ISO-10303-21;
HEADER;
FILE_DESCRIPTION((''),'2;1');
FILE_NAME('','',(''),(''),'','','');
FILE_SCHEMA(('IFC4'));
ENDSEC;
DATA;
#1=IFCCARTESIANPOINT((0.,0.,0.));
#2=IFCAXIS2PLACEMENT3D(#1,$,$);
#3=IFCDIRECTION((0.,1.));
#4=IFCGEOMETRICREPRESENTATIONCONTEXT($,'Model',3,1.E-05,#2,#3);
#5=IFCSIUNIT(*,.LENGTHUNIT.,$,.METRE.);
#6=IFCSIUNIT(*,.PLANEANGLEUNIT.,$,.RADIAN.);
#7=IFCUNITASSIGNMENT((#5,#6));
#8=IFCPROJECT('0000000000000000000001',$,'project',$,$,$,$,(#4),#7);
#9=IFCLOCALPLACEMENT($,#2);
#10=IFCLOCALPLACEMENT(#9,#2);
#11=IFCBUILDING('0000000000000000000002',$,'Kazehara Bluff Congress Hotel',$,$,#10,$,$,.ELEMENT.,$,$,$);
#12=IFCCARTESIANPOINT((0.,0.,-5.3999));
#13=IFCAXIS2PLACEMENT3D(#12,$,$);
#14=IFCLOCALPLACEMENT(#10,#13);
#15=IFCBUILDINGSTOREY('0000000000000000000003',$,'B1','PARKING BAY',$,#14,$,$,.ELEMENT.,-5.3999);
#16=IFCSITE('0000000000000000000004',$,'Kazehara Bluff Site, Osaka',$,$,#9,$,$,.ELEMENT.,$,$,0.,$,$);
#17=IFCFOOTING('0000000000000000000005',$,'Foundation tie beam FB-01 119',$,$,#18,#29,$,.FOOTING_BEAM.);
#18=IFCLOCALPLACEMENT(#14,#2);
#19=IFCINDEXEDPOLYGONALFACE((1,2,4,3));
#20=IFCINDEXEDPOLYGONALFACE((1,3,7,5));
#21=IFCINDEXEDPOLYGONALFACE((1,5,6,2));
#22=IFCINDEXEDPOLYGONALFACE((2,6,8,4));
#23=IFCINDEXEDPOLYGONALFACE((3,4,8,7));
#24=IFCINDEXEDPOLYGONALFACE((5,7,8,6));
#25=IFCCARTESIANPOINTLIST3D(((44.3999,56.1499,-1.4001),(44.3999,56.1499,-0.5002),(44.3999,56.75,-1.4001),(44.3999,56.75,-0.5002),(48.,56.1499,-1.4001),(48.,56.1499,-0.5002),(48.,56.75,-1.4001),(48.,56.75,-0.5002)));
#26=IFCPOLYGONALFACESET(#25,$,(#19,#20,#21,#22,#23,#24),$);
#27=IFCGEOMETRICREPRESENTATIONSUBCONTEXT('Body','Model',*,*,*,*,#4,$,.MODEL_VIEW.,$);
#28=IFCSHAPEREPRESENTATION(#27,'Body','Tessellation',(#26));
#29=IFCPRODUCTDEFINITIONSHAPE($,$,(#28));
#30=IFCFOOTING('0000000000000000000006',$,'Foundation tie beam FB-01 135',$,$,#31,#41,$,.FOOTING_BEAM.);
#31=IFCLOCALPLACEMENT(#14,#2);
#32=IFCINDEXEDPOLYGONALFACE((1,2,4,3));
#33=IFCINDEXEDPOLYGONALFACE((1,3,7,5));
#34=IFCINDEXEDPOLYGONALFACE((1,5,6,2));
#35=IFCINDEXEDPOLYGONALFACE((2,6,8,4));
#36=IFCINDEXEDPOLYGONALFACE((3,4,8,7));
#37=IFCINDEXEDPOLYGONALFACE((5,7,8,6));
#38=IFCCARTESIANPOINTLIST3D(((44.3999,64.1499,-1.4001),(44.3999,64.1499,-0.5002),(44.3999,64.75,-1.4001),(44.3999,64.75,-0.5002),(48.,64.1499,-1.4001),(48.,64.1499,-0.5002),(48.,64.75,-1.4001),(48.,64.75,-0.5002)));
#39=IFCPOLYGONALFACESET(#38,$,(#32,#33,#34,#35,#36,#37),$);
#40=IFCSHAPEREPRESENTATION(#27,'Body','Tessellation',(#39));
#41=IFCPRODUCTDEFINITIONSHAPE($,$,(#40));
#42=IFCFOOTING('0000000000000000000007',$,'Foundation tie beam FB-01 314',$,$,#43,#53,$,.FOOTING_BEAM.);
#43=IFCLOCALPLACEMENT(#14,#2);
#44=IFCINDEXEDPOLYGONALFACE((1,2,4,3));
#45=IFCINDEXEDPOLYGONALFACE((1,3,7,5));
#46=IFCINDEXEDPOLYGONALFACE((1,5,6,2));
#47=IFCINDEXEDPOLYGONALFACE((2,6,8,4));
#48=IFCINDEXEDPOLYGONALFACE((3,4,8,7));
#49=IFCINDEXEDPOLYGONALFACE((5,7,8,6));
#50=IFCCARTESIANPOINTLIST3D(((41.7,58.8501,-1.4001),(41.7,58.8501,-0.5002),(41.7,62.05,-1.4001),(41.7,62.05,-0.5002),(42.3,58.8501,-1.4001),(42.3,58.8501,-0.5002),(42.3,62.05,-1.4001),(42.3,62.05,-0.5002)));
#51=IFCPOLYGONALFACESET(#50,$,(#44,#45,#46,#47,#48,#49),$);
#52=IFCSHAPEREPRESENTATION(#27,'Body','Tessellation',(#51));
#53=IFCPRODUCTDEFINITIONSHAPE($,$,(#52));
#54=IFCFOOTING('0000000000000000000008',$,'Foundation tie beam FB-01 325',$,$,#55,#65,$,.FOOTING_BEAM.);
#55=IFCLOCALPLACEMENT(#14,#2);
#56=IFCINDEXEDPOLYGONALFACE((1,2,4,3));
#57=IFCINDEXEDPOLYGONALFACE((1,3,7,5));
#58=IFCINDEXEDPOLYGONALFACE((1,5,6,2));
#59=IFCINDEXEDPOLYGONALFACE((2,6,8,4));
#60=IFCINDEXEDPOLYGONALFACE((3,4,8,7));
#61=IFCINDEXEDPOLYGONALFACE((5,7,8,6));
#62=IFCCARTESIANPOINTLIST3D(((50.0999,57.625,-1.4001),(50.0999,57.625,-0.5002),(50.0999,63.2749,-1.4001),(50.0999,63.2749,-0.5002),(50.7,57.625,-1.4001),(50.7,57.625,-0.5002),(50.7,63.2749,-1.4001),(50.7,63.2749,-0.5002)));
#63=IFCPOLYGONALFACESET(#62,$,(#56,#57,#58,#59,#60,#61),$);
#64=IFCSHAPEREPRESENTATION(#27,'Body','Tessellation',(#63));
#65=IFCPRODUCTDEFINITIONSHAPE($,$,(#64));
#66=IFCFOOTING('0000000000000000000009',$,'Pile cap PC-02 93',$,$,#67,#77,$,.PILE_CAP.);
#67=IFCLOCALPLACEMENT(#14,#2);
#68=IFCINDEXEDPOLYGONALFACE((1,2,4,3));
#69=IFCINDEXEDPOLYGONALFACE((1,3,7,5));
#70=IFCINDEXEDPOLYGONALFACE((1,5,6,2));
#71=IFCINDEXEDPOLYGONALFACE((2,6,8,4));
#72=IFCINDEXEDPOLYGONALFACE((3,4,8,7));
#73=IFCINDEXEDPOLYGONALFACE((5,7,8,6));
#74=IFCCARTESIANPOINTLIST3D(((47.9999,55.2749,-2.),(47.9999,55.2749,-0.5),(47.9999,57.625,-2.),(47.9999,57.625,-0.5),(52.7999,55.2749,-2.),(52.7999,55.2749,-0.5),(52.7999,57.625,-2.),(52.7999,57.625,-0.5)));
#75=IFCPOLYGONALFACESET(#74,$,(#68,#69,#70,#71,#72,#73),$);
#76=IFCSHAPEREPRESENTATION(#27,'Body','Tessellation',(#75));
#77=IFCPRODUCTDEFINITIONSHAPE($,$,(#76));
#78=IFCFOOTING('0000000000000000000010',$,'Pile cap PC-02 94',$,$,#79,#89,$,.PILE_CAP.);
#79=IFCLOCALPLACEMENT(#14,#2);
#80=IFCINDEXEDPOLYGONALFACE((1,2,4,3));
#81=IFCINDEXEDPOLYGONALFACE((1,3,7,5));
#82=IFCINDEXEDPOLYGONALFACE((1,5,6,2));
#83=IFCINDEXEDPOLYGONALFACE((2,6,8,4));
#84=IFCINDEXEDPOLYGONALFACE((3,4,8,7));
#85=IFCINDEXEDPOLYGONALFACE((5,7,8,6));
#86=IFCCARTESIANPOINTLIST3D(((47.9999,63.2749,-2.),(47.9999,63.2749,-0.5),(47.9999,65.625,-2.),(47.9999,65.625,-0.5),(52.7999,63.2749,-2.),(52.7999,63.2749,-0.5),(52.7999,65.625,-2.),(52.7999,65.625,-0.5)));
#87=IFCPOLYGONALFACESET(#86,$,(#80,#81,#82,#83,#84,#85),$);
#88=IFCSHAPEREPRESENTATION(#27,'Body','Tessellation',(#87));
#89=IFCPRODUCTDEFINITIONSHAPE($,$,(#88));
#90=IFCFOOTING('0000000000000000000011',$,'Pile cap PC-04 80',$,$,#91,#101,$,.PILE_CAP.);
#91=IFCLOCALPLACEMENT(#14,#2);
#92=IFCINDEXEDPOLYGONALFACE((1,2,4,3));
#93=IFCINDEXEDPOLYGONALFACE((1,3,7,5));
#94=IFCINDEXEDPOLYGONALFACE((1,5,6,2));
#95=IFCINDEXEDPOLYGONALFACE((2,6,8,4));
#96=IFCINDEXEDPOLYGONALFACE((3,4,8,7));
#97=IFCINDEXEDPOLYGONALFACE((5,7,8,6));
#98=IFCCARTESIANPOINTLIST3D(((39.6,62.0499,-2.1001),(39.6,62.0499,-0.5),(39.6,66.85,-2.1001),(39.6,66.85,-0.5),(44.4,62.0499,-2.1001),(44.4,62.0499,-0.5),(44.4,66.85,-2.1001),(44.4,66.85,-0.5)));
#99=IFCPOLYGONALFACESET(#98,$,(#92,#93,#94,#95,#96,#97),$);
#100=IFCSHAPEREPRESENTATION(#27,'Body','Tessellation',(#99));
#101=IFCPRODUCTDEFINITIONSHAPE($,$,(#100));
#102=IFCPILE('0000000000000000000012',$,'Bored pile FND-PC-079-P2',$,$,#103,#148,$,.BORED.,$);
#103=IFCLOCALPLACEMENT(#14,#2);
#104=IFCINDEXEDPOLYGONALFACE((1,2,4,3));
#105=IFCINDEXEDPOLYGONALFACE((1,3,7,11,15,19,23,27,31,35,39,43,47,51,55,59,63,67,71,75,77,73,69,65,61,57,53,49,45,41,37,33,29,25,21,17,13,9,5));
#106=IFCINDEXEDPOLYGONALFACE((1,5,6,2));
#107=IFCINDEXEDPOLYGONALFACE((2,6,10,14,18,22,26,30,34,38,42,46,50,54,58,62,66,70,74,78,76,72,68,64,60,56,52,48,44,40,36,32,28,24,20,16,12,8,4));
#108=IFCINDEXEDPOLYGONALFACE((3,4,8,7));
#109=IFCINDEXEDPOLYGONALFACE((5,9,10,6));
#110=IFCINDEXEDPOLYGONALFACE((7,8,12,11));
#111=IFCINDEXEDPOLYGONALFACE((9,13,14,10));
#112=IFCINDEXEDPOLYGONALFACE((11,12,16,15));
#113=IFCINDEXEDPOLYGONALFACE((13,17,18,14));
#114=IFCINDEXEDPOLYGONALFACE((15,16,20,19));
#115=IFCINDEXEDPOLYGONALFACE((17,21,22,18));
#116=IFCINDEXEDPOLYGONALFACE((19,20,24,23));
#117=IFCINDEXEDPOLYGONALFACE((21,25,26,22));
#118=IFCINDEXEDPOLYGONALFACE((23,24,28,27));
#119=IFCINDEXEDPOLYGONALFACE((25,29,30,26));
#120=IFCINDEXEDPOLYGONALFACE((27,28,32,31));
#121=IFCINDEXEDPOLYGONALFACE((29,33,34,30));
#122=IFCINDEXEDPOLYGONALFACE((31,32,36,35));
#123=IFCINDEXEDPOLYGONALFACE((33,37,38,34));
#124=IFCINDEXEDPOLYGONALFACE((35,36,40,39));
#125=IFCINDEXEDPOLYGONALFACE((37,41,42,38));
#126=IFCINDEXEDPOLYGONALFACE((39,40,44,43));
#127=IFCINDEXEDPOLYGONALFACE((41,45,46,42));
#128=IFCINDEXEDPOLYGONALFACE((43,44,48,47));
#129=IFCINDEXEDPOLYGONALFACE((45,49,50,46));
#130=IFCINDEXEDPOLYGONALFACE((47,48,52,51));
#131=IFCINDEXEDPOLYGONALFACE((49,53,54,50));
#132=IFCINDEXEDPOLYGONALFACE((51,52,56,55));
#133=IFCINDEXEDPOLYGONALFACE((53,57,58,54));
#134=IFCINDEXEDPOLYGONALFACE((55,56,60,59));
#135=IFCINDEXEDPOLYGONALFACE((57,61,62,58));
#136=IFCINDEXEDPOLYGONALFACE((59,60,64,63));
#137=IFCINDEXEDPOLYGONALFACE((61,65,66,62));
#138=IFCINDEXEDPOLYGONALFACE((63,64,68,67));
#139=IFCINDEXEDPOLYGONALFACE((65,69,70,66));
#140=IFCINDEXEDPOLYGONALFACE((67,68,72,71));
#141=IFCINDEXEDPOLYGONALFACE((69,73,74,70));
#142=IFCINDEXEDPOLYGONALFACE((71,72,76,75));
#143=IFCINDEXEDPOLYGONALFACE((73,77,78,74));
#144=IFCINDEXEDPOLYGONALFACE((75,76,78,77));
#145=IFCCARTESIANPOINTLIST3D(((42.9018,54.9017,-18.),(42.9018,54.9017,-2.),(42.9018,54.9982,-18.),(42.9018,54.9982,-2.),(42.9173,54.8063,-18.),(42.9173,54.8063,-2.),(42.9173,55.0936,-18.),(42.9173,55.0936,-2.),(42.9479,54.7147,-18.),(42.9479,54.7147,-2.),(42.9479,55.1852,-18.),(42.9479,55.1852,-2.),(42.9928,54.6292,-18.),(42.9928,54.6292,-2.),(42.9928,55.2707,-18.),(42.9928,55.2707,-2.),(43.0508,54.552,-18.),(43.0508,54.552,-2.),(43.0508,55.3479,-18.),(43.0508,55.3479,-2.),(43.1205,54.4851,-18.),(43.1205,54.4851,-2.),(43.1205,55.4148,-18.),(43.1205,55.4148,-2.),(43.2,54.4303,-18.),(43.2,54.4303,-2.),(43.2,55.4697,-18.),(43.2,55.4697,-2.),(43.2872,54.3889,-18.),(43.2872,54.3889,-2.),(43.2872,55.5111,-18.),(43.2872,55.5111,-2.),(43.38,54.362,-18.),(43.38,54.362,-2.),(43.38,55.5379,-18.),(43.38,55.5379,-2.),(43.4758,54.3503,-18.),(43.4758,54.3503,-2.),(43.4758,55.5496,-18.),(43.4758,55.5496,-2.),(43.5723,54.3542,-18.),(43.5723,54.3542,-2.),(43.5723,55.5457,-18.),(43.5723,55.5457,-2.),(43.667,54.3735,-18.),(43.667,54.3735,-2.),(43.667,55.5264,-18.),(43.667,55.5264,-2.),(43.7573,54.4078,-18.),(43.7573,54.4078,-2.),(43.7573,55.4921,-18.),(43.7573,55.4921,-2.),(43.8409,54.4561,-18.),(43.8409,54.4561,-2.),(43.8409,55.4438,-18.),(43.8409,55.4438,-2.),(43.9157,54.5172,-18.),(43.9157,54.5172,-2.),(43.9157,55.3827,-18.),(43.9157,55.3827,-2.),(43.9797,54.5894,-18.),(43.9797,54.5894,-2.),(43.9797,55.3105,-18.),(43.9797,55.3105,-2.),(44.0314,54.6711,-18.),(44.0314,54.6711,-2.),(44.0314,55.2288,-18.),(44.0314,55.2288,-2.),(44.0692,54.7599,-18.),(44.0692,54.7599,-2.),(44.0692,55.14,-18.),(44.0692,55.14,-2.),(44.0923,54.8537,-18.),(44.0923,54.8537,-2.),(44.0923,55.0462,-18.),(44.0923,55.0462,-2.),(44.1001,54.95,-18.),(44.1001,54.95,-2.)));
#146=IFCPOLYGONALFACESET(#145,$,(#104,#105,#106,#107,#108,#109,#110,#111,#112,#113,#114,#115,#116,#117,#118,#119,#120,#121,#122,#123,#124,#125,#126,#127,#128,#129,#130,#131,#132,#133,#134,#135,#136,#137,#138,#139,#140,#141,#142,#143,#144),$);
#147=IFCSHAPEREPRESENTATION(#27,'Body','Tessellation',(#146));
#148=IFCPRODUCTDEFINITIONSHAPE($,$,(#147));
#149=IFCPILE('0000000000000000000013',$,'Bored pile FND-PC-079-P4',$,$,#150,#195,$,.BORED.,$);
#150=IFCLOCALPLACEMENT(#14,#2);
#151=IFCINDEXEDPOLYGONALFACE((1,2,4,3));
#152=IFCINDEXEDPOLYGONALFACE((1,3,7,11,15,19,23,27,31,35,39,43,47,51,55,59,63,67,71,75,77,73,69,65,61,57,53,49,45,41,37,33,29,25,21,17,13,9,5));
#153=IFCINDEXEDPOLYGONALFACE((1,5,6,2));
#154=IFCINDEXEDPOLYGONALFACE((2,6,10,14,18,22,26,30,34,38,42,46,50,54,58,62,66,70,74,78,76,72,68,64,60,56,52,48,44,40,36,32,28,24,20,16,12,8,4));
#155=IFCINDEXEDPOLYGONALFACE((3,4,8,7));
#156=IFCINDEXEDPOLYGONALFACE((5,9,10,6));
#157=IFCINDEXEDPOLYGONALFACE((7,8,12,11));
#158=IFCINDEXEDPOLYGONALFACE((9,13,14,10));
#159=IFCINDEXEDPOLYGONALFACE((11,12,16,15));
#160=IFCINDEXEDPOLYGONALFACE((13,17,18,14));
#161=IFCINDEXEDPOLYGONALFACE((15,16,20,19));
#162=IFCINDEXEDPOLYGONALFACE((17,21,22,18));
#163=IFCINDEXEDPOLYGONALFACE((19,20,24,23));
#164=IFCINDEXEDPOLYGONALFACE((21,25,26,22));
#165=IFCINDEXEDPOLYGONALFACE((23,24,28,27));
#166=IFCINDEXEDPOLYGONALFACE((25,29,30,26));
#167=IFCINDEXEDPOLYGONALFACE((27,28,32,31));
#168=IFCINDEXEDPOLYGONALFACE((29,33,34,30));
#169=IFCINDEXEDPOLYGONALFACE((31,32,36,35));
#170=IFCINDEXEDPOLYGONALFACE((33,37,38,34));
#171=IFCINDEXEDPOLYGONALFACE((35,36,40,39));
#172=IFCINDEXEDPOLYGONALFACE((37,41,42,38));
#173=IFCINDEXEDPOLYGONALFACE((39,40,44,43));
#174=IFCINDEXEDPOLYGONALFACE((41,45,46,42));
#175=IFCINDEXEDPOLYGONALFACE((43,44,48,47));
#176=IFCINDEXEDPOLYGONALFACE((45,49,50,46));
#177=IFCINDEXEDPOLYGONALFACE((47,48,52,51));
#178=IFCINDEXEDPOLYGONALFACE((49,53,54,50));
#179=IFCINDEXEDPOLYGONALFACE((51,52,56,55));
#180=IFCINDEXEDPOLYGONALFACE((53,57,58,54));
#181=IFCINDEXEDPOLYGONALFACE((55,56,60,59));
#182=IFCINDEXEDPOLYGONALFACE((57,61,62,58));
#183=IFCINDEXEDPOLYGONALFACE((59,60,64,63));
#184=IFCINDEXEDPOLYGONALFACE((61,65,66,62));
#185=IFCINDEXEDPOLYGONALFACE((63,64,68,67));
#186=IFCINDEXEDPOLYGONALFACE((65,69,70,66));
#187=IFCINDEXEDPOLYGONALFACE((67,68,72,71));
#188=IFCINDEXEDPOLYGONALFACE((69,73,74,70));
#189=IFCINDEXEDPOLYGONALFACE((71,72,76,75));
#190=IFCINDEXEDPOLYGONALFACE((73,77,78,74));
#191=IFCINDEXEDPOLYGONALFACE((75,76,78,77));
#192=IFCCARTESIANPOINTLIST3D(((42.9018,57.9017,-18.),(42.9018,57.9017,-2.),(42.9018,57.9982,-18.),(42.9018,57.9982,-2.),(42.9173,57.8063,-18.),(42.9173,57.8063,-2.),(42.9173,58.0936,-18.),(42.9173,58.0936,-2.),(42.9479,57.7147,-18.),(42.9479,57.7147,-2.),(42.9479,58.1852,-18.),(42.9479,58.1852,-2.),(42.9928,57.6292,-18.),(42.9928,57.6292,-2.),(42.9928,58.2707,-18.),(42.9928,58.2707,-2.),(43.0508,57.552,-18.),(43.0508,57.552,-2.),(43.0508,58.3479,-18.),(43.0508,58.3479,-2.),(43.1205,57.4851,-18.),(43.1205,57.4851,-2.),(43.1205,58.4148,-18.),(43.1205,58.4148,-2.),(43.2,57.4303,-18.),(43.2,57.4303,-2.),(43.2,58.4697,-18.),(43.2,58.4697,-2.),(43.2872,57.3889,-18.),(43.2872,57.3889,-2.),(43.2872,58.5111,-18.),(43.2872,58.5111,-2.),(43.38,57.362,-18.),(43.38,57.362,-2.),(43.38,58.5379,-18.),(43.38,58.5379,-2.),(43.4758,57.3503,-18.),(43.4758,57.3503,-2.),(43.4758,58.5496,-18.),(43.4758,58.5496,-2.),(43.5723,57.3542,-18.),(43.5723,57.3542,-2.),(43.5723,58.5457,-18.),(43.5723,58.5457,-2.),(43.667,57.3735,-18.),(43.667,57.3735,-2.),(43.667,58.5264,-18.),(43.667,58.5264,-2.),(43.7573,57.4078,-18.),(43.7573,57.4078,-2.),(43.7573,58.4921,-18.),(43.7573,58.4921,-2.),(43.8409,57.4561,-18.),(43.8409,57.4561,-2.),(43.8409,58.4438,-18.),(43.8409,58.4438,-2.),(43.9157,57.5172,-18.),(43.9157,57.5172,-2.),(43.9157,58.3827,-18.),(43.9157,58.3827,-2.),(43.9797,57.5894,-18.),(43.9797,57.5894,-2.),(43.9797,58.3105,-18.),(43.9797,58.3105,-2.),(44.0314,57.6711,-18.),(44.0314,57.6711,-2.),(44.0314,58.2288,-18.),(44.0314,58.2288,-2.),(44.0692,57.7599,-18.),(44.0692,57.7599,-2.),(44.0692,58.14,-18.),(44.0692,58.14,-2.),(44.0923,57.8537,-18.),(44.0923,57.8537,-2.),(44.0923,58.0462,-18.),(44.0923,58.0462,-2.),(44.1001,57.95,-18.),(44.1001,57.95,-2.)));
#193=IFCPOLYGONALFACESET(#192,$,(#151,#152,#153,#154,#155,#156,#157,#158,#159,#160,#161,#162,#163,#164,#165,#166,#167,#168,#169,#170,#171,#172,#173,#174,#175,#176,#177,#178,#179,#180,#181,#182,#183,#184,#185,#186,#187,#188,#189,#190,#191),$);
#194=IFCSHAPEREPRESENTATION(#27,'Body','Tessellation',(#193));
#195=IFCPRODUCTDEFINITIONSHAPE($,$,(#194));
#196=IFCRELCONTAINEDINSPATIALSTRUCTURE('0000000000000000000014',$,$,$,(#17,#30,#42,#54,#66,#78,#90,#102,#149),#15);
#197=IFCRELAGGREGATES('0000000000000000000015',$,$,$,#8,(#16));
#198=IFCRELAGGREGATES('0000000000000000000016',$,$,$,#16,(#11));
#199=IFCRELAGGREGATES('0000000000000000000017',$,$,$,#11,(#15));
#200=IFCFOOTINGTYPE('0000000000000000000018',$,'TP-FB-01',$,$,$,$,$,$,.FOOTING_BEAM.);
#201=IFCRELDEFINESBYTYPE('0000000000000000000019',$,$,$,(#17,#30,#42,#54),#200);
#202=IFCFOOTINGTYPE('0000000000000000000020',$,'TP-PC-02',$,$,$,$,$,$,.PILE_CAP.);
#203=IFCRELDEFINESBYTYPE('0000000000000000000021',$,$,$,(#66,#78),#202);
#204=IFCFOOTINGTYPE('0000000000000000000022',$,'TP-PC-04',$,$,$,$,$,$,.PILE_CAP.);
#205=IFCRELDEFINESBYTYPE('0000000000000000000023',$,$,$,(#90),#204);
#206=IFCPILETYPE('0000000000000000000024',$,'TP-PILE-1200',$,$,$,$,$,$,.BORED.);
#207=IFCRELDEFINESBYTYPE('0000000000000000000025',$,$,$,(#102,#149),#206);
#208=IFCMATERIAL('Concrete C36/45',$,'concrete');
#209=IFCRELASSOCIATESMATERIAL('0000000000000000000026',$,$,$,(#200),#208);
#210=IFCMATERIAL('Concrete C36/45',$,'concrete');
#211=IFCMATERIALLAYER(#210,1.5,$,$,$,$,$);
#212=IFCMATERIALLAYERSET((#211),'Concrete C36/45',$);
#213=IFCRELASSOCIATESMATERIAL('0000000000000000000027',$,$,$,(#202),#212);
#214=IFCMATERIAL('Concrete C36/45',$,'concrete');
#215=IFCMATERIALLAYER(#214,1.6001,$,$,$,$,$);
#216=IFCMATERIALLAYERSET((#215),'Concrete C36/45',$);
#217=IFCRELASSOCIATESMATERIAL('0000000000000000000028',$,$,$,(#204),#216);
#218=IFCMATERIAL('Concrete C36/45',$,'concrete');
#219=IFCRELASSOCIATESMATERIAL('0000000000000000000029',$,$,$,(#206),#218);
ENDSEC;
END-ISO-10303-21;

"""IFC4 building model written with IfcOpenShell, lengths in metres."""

from ifc_helpers import new_model, si_unit, direction, frame, origin, origin_2d, place, context, subcontext, project, spatial, rectangle, circle, extrude, material, layer, layer_set, material_profile, profile_set, type_object, element, save


model = new_model("IFC4")

# Units and contexts
model_context = context("Model", 3, precision=1e-05, world=origin(), true_north=direction((0.0, 1.0)))
body_context = subcontext(model_context, "Body", "Model", "MODEL_VIEW")
ifc_project = project(units=[si_unit("LENGTHUNIT", "METRE"), si_unit("PLANEANGLEUNIT", "RADIAN")], contexts=[model_context])

# Site, building, storey
site_placement = place(None, origin())
site = spatial("IfcSite", under=ifc_project, at=site_placement, Name="Kazehara Bluff Site, Osaka", CompositionType="ELEMENT", RefElevation=0.0)
building_placement = place(site_placement, origin())
building = spatial("IfcBuilding", under=site, at=building_placement, Name="Kazehara Bluff Congress Hotel", CompositionType="ELEMENT")
storey_placement = place(building_placement, frame((0.0, 0.0, -5.3999)))
storey = spatial("IfcBuildingStorey", under=building, at=storey_placement, Name="B1", Description="PARKING BAY", CompositionType="ELEMENT", Elevation=-5.3999)

# Footings
ifc_material_1 = material(Name="Concrete C36/45", Category="concrete")
ifc_material_profile_1 = material_profile(ifc_material_1, rectangle(XDim=0.6001, YDim=0.8999, at=origin_2d()))
ifc_profile_set_1 = profile_set([ifc_material_profile_1], Name="Concrete C36/45")
footing_type_1 = type_object("IfcFootingType", Name="TP-FB-01", PredefinedType="FOOTING_BEAM", material=ifc_profile_set_1)
for number, where, z_axis, x_axis, name in (
    (1, (44.3999, 56.45, -0.9502), (1.0, 0.0, 0.0), (0.0, 1.0, 0.0), "Foundation tie beam FB-01 119"),
    (2, (44.3999, 64.45, -0.9502), (1.0, 0.0, 0.0), (0.0, 1.0, 0.0), "Foundation tie beam FB-01 135"),
):
    element("IfcFooting", number, at=place(storey_placement, frame(where, z_axis=z_axis, x_axis=x_axis)), inside=storey, type_object=footing_type_1, Name=name, PredefinedType="FOOTING_BEAM", context=body_context, shape_type="SweptSolid", body=[
        extrude(rectangle(XDim=0.6001, YDim=0.8999, at=origin_2d()), origin(), (0.0, 0.0, 1.0), 3.6001),
    ])
footing_1_placement = place(storey_placement, frame((42.0, 58.8501, -0.9502), z_axis=(0.0, 1.0, 0.0), x_axis=(-1.0, 0.0, 0.0)))
element("IfcFooting", 3, at=footing_1_placement, inside=storey, type_object=footing_type_1, Name="Foundation tie beam FB-01 314", PredefinedType="FOOTING_BEAM", context=body_context, shape_type="SweptSolid", body=[
    extrude(rectangle(XDim=0.6001, YDim=0.8999, at=origin_2d()), origin(), (0.0, 0.0, 1.0), 3.2),
])
footing_2_placement = place(storey_placement, frame((50.3999, 57.625, -0.9502), z_axis=(0.0, 1.0, 0.0), x_axis=(-1.0, 0.0, 0.0)))
element("IfcFooting", 4, at=footing_2_placement, inside=storey, type_object=footing_type_1, Name="Foundation tie beam FB-01 325", PredefinedType="FOOTING_BEAM", context=body_context, shape_type="SweptSolid", body=[
    extrude(rectangle(XDim=0.6001, YDim=0.8999, at=origin_2d()), origin(), (0.0, 0.0, 1.0), 5.6499),
])
ifc_material_2 = material(Name="Concrete C36/45", Category="concrete")
ifc_layer_1 = layer(ifc_material_2, 1.5)
ifc_layer_set_1 = layer_set([ifc_layer_1], Name="Concrete C36/45")
footing_type_2 = type_object("IfcFootingType", Name="TP-PC-02", PredefinedType="PILE_CAP", material=ifc_layer_set_1)
for number, where, z_axis, x_axis, name in (
    (5, (50.3999, 56.45, -2.0), (0.0, 0.0, 1.0), (1.0, 0.0, 0.0), "Pile cap PC-02 93"),
    (6, (50.3999, 64.45, -2.0), (0.0, 0.0, 1.0), (1.0, 0.0, 0.0), "Pile cap PC-02 94"),
):
    element("IfcFooting", number, at=place(storey_placement, frame(where, z_axis=z_axis, x_axis=x_axis)), inside=storey, type_object=footing_type_2, Name=name, PredefinedType="PILE_CAP", context=body_context, shape_type="SweptSolid", body=[
        extrude(rectangle(XDim=4.8, YDim=2.3501, at=origin_2d()), origin(), (0.0, 0.0, 1.0), 1.5),
    ])
ifc_material_3 = material(Name="Concrete C36/45", Category="concrete")
ifc_layer_2 = layer(ifc_material_3, 1.6001)
ifc_layer_set_2 = layer_set([ifc_layer_2], Name="Concrete C36/45")
footing_type_3 = type_object("IfcFootingType", Name="TP-PC-04", PredefinedType="PILE_CAP", material=ifc_layer_set_2)
footing_3_placement = place(storey_placement, frame((42.0, 64.45, -2.1001), z_axis=(0.0, 0.0, 1.0), x_axis=(1.0, 0.0, 0.0)))
element("IfcFooting", 7, at=footing_3_placement, inside=storey, type_object=footing_type_3, Name="Pile cap PC-04 80", PredefinedType="PILE_CAP", context=body_context, shape_type="SweptSolid", body=[
    extrude(rectangle(XDim=4.8, YDim=4.8, at=origin_2d()), origin(), (0.0, 0.0, 1.0), 1.6001),
])

# Piles
ifc_material_4 = material(Name="Concrete C36/45", Category="concrete")
ifc_material_profile_2 = material_profile(ifc_material_4, circle(Radius=0.6001, at=origin_2d()))
ifc_profile_set_2 = profile_set([ifc_material_profile_2], Name="Concrete C36/45")
pile_type = type_object("IfcPileType", Name="TP-PILE-1200", PredefinedType="BORED", material=ifc_profile_set_2)
for number, where, z_axis, x_axis, name in (
    (8, (43.5, 54.95, -2.0), (0.0, 0.0, -1.0), (1.0, 0.0, 0.0), "Bored pile FND-PC-079-P2"),
    (9, (43.5, 57.95, -2.0), (0.0, 0.0, -1.0), (1.0, 0.0, 0.0), "Bored pile FND-PC-079-P4"),
):
    element("IfcPile", number, at=place(storey_placement, frame(where, z_axis=z_axis, x_axis=x_axis)), inside=storey, type_object=pile_type, Name=name, PredefinedType="BORED", context=body_context, shape_type="SweptSolid", body=[
        extrude(circle(Radius=0.6001, at=origin_2d()), origin(), (0.0, 0.0, 1.0), 16.0),
    ])

save(model, "model.ifc")
